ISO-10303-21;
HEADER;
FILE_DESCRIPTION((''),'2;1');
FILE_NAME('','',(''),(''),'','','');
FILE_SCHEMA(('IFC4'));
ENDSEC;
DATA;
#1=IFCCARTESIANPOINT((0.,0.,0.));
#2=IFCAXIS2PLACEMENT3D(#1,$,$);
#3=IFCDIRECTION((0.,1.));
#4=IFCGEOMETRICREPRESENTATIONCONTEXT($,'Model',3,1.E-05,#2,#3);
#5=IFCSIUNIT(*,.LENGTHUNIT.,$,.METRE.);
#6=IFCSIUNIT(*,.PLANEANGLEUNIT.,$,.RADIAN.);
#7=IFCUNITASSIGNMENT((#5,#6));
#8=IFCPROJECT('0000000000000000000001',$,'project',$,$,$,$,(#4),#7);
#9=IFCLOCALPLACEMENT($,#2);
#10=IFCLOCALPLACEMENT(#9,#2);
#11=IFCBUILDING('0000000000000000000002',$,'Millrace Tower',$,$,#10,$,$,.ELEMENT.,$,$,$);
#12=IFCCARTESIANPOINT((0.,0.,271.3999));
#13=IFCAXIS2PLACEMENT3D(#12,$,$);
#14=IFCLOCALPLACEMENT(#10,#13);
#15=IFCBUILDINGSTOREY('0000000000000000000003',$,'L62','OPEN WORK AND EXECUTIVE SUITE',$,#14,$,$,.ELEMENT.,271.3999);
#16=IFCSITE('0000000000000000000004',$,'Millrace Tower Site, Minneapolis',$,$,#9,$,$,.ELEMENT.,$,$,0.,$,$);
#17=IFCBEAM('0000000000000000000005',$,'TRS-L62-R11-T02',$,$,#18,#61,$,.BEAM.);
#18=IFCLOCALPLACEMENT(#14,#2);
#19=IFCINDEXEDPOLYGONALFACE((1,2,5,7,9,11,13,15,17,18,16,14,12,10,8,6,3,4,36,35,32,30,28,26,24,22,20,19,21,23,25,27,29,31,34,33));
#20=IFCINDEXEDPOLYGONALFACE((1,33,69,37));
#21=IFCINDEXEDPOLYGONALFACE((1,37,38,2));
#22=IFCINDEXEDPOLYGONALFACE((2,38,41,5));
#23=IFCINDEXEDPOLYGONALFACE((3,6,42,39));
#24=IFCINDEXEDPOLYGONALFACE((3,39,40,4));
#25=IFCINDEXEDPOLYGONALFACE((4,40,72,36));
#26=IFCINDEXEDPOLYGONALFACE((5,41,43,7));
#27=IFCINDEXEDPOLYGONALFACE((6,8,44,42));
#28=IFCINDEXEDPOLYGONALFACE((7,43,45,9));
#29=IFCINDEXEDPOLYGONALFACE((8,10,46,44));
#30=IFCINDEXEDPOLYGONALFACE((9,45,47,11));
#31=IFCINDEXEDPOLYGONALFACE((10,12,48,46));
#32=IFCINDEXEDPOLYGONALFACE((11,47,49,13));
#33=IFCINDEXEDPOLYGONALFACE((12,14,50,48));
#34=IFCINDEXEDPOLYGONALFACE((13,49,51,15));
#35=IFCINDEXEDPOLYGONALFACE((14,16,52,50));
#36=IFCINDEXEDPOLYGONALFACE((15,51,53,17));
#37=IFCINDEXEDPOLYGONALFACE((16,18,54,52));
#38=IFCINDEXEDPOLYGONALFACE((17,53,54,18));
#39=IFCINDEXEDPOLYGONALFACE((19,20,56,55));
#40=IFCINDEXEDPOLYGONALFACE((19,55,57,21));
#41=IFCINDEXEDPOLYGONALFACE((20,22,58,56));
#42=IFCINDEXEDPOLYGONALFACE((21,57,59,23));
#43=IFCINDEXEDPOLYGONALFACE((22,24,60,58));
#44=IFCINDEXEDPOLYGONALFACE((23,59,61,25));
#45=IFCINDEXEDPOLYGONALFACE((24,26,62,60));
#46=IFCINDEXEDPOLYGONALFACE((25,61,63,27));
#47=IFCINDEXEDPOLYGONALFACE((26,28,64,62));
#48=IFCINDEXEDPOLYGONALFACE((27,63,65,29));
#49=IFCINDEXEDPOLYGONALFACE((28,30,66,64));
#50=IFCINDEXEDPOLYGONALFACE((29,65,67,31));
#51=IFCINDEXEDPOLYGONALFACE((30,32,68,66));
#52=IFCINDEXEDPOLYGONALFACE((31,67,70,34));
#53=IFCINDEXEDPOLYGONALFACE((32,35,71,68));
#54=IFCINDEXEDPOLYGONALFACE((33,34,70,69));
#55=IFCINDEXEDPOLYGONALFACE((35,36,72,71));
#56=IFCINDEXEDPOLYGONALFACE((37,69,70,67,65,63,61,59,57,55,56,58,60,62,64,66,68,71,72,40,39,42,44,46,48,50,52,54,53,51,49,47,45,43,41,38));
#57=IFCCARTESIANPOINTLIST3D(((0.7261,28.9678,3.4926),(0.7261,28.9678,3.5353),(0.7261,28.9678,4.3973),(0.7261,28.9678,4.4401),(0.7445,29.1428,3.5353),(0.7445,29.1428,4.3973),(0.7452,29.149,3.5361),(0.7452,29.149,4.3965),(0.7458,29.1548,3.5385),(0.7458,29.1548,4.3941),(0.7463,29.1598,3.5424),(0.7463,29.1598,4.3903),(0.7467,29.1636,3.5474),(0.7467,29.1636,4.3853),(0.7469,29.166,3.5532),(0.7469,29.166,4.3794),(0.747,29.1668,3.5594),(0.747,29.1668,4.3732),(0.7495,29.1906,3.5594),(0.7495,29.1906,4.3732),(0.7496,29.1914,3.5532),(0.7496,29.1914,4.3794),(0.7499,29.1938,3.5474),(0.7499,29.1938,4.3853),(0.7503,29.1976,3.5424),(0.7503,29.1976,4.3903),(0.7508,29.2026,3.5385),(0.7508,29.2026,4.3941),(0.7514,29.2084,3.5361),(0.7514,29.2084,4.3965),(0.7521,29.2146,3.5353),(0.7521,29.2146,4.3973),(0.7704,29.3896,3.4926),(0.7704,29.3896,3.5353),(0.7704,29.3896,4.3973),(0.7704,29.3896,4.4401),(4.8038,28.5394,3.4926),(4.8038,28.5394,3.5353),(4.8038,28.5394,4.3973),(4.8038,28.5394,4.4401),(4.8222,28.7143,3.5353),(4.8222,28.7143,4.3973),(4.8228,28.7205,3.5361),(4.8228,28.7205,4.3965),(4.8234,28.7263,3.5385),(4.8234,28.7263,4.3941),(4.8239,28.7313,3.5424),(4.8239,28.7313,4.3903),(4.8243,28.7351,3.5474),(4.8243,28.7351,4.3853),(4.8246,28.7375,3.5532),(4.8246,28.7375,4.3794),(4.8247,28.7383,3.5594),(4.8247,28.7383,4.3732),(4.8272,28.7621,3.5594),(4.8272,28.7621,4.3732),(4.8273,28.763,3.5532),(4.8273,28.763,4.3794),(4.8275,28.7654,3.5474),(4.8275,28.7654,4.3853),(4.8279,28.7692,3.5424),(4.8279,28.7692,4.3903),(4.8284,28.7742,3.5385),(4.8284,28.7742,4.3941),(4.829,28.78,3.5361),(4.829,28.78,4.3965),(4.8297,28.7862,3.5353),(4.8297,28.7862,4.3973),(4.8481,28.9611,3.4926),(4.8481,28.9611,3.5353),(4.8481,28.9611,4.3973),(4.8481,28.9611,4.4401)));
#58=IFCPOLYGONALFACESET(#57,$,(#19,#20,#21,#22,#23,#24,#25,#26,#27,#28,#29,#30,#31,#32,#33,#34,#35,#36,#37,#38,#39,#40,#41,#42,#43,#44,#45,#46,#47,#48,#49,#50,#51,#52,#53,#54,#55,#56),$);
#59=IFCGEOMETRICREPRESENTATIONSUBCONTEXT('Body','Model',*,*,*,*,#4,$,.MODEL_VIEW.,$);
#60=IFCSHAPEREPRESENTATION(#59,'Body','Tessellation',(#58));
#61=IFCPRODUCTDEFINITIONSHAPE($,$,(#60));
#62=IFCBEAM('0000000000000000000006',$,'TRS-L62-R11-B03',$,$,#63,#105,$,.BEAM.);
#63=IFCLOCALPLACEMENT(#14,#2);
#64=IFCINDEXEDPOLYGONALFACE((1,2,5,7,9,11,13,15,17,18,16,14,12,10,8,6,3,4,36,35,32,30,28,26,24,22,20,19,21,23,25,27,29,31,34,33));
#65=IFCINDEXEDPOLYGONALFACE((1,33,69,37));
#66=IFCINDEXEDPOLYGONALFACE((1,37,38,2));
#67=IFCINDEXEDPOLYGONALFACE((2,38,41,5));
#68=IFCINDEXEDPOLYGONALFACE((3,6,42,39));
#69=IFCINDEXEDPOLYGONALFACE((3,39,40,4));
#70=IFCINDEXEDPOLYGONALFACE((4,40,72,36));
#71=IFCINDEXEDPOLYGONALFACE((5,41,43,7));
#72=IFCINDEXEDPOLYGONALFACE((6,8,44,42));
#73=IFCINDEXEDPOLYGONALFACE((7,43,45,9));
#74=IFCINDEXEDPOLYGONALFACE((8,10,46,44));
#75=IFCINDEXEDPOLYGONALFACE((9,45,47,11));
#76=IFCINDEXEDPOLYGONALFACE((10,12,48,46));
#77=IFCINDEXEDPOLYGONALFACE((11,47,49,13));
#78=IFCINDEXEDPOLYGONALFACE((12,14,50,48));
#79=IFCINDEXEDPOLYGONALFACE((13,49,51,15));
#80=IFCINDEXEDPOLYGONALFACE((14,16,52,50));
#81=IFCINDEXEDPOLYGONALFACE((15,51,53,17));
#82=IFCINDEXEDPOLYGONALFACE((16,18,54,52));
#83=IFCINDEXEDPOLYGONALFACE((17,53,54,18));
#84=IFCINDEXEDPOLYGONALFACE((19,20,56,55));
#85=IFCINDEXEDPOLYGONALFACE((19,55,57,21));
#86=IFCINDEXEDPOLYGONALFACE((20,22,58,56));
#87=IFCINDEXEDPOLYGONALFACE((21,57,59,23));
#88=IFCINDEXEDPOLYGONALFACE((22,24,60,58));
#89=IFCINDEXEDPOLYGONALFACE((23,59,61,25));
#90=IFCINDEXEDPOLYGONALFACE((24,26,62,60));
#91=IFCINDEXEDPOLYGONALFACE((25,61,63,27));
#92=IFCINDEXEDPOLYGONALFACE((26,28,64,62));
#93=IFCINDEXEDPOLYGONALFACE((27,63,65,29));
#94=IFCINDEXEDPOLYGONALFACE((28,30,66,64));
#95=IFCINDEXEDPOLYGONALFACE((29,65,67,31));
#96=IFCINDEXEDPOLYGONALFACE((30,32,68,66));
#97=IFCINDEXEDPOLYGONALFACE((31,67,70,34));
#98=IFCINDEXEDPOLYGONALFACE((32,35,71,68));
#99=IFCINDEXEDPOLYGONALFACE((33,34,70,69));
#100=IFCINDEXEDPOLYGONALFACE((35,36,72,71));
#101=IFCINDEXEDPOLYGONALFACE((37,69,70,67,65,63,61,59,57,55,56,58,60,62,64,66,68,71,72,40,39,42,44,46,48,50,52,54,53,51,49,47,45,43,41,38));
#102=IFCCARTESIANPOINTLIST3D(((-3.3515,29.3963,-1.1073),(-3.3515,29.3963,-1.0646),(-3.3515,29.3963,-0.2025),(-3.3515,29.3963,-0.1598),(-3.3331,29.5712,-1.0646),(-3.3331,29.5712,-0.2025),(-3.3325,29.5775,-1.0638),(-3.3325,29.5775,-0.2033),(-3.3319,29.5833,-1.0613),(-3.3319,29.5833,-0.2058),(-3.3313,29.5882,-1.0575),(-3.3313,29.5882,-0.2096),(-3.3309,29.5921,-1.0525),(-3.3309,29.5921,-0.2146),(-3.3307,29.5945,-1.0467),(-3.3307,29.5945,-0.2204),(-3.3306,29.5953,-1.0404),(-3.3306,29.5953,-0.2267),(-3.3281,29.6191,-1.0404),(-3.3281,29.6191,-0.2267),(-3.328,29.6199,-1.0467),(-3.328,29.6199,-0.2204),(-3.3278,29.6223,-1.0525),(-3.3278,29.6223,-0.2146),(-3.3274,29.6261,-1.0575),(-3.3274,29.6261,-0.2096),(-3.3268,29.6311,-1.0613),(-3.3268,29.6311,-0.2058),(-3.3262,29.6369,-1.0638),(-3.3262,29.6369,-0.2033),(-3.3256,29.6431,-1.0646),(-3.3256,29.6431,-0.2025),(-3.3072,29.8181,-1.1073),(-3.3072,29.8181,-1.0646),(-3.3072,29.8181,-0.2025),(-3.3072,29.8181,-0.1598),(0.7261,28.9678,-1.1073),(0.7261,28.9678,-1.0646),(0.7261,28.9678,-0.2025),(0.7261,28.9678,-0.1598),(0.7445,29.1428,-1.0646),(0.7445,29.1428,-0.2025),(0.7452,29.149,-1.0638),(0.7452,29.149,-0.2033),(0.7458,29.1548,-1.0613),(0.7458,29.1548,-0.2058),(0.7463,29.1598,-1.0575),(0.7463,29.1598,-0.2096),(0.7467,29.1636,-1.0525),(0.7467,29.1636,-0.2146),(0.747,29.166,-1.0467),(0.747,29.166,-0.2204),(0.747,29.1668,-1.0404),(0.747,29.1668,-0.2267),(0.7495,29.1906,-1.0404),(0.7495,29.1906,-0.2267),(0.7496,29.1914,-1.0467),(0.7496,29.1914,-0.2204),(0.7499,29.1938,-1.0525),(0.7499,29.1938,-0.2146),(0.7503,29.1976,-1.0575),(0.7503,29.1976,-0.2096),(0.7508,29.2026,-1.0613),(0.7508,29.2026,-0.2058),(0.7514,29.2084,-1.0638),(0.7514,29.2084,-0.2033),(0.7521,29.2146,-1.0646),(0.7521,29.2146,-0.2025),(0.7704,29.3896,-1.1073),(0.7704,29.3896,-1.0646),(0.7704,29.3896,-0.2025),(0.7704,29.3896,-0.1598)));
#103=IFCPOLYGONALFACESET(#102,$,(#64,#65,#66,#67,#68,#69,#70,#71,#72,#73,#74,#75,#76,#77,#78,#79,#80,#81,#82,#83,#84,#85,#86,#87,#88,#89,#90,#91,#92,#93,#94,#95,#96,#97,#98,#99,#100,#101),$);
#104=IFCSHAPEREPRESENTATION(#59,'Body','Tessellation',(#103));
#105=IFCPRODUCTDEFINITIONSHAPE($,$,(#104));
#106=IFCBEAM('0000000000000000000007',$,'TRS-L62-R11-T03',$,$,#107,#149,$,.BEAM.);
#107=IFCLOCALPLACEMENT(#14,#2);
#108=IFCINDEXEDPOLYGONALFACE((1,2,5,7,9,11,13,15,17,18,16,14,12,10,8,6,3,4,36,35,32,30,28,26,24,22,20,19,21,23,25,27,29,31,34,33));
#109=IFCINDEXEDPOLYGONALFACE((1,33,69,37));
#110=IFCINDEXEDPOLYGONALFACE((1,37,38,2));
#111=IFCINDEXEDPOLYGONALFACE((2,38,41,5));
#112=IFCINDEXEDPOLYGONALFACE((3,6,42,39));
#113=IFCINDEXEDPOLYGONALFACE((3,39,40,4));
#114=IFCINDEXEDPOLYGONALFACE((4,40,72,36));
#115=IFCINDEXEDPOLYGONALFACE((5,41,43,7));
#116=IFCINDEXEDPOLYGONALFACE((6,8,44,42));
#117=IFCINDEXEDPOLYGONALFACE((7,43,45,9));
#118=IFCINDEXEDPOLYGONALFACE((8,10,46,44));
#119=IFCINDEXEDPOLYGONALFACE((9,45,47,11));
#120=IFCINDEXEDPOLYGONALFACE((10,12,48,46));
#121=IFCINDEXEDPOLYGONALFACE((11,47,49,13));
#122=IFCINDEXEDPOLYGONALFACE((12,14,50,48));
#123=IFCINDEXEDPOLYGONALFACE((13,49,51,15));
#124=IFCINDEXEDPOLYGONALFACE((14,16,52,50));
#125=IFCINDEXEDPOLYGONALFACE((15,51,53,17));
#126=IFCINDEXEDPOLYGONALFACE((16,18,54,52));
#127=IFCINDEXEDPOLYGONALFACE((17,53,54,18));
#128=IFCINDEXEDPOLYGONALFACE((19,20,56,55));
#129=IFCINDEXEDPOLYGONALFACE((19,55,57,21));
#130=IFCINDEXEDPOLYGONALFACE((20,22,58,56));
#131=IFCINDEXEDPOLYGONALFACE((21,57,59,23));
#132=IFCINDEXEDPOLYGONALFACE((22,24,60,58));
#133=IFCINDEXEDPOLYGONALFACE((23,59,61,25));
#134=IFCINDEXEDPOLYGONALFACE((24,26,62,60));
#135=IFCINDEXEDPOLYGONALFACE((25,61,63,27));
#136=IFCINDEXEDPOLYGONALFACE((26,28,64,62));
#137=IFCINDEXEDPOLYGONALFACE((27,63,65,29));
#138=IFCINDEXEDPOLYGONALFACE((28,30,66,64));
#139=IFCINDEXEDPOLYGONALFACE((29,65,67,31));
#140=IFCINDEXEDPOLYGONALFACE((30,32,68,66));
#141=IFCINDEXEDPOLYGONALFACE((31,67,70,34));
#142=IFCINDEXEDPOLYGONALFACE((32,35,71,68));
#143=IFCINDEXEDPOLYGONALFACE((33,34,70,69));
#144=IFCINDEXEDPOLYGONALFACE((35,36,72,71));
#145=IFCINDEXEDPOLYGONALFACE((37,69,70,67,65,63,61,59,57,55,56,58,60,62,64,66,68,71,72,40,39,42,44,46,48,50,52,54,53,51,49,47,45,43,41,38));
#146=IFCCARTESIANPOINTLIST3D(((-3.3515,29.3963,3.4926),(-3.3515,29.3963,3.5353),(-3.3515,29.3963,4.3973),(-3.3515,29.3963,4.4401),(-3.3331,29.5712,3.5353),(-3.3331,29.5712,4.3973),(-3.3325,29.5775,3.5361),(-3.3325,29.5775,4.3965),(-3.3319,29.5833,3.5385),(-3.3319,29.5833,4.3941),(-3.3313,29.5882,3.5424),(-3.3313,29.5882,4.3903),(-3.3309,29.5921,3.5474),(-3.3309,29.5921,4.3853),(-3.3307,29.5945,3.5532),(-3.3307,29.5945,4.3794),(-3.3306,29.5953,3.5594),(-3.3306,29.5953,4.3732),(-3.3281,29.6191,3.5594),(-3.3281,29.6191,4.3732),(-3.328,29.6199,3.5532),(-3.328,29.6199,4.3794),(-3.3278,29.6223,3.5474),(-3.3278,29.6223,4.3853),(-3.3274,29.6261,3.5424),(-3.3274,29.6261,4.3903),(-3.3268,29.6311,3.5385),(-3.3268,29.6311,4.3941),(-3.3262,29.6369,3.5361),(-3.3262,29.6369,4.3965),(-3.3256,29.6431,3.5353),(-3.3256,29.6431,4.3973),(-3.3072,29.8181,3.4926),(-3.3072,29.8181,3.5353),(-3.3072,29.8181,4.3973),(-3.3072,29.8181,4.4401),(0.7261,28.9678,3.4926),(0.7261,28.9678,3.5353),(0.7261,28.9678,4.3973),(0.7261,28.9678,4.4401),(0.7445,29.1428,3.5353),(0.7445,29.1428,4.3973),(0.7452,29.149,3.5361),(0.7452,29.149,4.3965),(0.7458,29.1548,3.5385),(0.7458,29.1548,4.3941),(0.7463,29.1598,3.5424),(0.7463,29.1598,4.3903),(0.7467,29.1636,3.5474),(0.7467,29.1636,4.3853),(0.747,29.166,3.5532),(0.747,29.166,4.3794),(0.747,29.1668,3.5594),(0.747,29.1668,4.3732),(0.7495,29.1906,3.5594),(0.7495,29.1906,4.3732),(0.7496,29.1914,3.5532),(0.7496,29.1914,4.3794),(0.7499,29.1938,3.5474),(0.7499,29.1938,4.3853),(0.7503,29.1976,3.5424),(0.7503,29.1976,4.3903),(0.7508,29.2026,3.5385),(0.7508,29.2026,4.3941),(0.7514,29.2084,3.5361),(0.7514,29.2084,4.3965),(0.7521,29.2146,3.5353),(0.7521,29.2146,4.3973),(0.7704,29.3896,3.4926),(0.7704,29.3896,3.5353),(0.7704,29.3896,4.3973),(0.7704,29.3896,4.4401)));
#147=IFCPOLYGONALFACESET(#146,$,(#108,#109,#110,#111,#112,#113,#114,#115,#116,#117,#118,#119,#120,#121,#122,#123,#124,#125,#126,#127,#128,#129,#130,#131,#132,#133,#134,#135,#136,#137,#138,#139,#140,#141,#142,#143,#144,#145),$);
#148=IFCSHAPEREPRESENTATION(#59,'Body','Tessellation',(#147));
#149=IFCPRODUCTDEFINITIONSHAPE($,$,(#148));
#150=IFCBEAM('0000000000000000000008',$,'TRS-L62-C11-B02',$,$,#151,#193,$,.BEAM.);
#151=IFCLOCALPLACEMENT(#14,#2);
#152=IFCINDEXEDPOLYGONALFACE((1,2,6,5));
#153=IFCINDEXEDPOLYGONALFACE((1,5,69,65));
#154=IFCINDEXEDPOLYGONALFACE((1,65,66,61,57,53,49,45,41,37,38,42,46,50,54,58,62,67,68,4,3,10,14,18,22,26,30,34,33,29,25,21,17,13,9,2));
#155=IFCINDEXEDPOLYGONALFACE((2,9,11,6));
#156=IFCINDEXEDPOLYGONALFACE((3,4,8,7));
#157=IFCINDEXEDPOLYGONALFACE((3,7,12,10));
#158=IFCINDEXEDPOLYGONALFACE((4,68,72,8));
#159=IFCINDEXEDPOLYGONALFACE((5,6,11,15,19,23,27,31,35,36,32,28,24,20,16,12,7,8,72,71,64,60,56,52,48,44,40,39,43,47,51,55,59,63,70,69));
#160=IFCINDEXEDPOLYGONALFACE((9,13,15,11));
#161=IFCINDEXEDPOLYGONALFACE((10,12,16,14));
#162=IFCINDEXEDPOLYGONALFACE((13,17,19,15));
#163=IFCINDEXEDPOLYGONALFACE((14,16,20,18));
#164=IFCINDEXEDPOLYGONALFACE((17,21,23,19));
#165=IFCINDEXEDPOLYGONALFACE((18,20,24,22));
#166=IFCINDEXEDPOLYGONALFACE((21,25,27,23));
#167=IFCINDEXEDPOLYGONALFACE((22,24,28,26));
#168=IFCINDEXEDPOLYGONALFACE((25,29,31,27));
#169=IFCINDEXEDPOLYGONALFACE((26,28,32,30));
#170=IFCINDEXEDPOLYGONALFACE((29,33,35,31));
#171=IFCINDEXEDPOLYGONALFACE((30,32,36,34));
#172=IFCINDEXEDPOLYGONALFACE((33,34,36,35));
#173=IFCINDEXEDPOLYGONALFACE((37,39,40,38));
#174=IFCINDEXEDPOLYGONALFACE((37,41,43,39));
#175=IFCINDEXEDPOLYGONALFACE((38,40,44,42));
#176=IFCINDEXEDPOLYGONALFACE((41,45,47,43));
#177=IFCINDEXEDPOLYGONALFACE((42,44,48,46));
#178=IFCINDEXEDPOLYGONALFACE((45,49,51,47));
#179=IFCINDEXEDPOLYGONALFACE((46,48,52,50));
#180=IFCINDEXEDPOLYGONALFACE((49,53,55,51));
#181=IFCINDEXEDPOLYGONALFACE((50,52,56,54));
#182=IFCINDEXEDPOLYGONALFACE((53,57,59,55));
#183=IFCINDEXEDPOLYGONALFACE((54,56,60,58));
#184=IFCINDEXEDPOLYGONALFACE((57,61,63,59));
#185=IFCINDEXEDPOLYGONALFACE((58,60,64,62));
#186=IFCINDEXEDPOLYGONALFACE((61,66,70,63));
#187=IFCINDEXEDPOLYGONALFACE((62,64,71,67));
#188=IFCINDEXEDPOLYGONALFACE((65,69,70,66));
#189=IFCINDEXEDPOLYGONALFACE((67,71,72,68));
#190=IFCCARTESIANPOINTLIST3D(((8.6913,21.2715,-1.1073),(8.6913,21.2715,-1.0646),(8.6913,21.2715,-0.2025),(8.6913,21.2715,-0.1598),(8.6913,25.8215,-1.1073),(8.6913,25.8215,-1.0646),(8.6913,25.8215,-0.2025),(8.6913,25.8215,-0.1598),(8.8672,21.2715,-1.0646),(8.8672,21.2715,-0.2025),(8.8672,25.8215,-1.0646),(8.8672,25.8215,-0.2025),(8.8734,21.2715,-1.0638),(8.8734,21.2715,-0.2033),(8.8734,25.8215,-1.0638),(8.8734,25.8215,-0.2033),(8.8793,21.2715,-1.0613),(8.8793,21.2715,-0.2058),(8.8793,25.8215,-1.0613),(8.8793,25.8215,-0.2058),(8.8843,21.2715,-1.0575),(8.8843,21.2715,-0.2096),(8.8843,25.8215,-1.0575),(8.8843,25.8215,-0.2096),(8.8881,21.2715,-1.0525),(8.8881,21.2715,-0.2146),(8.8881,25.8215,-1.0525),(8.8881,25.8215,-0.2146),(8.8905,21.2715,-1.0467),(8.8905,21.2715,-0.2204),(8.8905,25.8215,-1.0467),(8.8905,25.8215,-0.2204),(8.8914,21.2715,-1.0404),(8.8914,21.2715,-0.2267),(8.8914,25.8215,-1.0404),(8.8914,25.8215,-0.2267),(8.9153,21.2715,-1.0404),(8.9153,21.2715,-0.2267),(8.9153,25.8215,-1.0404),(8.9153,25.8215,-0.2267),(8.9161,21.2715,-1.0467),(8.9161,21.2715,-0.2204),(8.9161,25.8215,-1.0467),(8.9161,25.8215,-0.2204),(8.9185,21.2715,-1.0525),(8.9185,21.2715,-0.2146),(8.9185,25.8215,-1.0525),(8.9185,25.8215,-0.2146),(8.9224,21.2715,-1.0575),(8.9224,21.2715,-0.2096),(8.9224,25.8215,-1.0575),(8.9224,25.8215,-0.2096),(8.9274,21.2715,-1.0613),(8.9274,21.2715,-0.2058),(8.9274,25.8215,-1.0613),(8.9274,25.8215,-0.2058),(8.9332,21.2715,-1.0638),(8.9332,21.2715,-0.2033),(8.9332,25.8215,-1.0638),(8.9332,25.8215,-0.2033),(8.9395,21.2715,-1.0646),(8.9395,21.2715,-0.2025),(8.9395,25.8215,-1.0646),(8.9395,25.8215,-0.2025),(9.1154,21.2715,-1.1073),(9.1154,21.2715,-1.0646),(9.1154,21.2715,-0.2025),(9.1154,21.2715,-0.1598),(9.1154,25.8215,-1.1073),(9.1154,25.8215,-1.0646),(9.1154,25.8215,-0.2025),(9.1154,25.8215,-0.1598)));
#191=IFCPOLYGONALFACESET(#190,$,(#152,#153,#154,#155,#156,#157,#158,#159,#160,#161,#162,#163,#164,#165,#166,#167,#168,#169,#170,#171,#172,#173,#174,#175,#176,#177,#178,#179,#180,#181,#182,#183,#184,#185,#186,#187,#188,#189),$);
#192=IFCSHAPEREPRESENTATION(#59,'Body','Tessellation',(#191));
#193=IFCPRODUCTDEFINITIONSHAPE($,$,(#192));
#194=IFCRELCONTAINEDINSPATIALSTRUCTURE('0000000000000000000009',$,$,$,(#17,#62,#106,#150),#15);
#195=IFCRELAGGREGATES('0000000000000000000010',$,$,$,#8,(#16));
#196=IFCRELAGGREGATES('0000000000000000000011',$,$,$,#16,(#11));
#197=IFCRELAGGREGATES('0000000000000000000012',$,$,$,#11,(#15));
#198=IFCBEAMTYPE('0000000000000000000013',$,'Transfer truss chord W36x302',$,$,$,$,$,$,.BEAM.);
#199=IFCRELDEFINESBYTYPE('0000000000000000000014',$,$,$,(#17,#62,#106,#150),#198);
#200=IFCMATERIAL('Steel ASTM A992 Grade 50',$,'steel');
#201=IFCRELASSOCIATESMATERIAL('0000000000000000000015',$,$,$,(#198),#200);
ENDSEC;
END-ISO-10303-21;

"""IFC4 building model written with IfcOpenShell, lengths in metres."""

from ifc_helpers import new_model, si_unit, direction, frame, origin, origin_2d, place, context, subcontext, project, spatial, i_section, extrude, material, material_profile, profile_set, type_object, element, save


model = new_model("IFC4")

# Units and contexts
model_context = context("Model", 3, precision=1e-05, world=origin(), true_north=direction((0.0, 1.0)))
body_context = subcontext(model_context, "Body", "Model", "MODEL_VIEW")
ifc_project = project(units=[si_unit("LENGTHUNIT", "METRE"), si_unit("PLANEANGLEUNIT", "RADIAN")], contexts=[model_context])

# Site, building, storey
site_placement = place(None, origin())
site = spatial("IfcSite", under=ifc_project, at=site_placement, Name="Millrace Tower Site, Minneapolis", CompositionType="ELEMENT", RefElevation=0.0)
building_placement = place(site_placement, origin())
building = spatial("IfcBuilding", under=site, at=building_placement, Name="Millrace Tower", CompositionType="ELEMENT")
storey_placement = place(building_placement, frame((0.0, 0.0, 271.3999)))
storey = spatial("IfcBuildingStorey", under=building, at=storey_placement, Name="L62", Description="OPEN WORK AND EXECUTIVE SUITE", CompositionType="ELEMENT", Elevation=271.3999)

# Beams
ifc_material_1 = material(Name="Steel ASTM A992 Grade 50", Category="steel")
ifc_material_profile_1 = material_profile(ifc_material_1, i_section(OverallWidth=0.4241, OverallDepth=0.9475, WebThickness=0.0239, FlangeThickness=0.0427, FilletRadius=0.0242, at=origin_2d()))
ifc_profile_set_1 = profile_set([ifc_material_profile_1], Name="Steel ASTM A992 Grade 50")
beam_type = type_object("IfcBeamType", Name="Transfer truss chord W36x302", PredefinedType="BEAM", material=ifc_profile_set_1)
for number, where, z_axis, x_axis, name in (
    (1, (4.8259, 28.7502, 3.9663), (-0.994525, 0.104502, 0.0), (-0.104502, -0.994525, 0.0), "TRS-L62-R11-T02"),
    (2, (0.7483, 29.1787, -0.6335), (-0.994525, 0.104502, 0.0), (-0.104502, -0.994525, 0.0), "TRS-L62-R11-B03"),
    (3, (0.7483, 29.1787, 3.9663), (-0.994525, 0.104502, 0.0), (-0.104502, -0.994525, 0.0), "TRS-L62-R11-T03"),
):
    element("IfcBeam", number, at=place(storey_placement, frame(where, z_axis=z_axis, x_axis=x_axis)), inside=storey, type_object=beam_type, Name=name, PredefinedType="BEAM", context=body_context, shape_type="SweptSolid", body=[
        extrude(i_section(OverallWidth=0.4241, OverallDepth=0.9475, WebThickness=0.0239, FlangeThickness=0.0427, FilletRadius=0.0242, at=origin_2d()), origin(), (0.0, 0.0, 1.0), 4.1001),
    ])
for number, where, z_axis, x_axis, name in (
    (4, (8.9033, 25.8215, -0.6335), (0.0, -1.0, 0.0), (1.0, 0.0, 0.0), "TRS-L62-C11-B02"),
):
    element("IfcBeam", number, at=place(storey_placement, frame(where, z_axis=z_axis, x_axis=x_axis)), inside=storey, type_object=beam_type, Name=name, PredefinedType="BEAM", context=body_context, shape_type="SweptSolid", body=[
        extrude(i_section(OverallWidth=0.4241, OverallDepth=0.9475, WebThickness=0.0239, FlangeThickness=0.0427, FilletRadius=0.0242, at=origin_2d()), origin(), (0.0, 0.0, 1.0), 4.55),
    ])

save(model, "model.ifc")
